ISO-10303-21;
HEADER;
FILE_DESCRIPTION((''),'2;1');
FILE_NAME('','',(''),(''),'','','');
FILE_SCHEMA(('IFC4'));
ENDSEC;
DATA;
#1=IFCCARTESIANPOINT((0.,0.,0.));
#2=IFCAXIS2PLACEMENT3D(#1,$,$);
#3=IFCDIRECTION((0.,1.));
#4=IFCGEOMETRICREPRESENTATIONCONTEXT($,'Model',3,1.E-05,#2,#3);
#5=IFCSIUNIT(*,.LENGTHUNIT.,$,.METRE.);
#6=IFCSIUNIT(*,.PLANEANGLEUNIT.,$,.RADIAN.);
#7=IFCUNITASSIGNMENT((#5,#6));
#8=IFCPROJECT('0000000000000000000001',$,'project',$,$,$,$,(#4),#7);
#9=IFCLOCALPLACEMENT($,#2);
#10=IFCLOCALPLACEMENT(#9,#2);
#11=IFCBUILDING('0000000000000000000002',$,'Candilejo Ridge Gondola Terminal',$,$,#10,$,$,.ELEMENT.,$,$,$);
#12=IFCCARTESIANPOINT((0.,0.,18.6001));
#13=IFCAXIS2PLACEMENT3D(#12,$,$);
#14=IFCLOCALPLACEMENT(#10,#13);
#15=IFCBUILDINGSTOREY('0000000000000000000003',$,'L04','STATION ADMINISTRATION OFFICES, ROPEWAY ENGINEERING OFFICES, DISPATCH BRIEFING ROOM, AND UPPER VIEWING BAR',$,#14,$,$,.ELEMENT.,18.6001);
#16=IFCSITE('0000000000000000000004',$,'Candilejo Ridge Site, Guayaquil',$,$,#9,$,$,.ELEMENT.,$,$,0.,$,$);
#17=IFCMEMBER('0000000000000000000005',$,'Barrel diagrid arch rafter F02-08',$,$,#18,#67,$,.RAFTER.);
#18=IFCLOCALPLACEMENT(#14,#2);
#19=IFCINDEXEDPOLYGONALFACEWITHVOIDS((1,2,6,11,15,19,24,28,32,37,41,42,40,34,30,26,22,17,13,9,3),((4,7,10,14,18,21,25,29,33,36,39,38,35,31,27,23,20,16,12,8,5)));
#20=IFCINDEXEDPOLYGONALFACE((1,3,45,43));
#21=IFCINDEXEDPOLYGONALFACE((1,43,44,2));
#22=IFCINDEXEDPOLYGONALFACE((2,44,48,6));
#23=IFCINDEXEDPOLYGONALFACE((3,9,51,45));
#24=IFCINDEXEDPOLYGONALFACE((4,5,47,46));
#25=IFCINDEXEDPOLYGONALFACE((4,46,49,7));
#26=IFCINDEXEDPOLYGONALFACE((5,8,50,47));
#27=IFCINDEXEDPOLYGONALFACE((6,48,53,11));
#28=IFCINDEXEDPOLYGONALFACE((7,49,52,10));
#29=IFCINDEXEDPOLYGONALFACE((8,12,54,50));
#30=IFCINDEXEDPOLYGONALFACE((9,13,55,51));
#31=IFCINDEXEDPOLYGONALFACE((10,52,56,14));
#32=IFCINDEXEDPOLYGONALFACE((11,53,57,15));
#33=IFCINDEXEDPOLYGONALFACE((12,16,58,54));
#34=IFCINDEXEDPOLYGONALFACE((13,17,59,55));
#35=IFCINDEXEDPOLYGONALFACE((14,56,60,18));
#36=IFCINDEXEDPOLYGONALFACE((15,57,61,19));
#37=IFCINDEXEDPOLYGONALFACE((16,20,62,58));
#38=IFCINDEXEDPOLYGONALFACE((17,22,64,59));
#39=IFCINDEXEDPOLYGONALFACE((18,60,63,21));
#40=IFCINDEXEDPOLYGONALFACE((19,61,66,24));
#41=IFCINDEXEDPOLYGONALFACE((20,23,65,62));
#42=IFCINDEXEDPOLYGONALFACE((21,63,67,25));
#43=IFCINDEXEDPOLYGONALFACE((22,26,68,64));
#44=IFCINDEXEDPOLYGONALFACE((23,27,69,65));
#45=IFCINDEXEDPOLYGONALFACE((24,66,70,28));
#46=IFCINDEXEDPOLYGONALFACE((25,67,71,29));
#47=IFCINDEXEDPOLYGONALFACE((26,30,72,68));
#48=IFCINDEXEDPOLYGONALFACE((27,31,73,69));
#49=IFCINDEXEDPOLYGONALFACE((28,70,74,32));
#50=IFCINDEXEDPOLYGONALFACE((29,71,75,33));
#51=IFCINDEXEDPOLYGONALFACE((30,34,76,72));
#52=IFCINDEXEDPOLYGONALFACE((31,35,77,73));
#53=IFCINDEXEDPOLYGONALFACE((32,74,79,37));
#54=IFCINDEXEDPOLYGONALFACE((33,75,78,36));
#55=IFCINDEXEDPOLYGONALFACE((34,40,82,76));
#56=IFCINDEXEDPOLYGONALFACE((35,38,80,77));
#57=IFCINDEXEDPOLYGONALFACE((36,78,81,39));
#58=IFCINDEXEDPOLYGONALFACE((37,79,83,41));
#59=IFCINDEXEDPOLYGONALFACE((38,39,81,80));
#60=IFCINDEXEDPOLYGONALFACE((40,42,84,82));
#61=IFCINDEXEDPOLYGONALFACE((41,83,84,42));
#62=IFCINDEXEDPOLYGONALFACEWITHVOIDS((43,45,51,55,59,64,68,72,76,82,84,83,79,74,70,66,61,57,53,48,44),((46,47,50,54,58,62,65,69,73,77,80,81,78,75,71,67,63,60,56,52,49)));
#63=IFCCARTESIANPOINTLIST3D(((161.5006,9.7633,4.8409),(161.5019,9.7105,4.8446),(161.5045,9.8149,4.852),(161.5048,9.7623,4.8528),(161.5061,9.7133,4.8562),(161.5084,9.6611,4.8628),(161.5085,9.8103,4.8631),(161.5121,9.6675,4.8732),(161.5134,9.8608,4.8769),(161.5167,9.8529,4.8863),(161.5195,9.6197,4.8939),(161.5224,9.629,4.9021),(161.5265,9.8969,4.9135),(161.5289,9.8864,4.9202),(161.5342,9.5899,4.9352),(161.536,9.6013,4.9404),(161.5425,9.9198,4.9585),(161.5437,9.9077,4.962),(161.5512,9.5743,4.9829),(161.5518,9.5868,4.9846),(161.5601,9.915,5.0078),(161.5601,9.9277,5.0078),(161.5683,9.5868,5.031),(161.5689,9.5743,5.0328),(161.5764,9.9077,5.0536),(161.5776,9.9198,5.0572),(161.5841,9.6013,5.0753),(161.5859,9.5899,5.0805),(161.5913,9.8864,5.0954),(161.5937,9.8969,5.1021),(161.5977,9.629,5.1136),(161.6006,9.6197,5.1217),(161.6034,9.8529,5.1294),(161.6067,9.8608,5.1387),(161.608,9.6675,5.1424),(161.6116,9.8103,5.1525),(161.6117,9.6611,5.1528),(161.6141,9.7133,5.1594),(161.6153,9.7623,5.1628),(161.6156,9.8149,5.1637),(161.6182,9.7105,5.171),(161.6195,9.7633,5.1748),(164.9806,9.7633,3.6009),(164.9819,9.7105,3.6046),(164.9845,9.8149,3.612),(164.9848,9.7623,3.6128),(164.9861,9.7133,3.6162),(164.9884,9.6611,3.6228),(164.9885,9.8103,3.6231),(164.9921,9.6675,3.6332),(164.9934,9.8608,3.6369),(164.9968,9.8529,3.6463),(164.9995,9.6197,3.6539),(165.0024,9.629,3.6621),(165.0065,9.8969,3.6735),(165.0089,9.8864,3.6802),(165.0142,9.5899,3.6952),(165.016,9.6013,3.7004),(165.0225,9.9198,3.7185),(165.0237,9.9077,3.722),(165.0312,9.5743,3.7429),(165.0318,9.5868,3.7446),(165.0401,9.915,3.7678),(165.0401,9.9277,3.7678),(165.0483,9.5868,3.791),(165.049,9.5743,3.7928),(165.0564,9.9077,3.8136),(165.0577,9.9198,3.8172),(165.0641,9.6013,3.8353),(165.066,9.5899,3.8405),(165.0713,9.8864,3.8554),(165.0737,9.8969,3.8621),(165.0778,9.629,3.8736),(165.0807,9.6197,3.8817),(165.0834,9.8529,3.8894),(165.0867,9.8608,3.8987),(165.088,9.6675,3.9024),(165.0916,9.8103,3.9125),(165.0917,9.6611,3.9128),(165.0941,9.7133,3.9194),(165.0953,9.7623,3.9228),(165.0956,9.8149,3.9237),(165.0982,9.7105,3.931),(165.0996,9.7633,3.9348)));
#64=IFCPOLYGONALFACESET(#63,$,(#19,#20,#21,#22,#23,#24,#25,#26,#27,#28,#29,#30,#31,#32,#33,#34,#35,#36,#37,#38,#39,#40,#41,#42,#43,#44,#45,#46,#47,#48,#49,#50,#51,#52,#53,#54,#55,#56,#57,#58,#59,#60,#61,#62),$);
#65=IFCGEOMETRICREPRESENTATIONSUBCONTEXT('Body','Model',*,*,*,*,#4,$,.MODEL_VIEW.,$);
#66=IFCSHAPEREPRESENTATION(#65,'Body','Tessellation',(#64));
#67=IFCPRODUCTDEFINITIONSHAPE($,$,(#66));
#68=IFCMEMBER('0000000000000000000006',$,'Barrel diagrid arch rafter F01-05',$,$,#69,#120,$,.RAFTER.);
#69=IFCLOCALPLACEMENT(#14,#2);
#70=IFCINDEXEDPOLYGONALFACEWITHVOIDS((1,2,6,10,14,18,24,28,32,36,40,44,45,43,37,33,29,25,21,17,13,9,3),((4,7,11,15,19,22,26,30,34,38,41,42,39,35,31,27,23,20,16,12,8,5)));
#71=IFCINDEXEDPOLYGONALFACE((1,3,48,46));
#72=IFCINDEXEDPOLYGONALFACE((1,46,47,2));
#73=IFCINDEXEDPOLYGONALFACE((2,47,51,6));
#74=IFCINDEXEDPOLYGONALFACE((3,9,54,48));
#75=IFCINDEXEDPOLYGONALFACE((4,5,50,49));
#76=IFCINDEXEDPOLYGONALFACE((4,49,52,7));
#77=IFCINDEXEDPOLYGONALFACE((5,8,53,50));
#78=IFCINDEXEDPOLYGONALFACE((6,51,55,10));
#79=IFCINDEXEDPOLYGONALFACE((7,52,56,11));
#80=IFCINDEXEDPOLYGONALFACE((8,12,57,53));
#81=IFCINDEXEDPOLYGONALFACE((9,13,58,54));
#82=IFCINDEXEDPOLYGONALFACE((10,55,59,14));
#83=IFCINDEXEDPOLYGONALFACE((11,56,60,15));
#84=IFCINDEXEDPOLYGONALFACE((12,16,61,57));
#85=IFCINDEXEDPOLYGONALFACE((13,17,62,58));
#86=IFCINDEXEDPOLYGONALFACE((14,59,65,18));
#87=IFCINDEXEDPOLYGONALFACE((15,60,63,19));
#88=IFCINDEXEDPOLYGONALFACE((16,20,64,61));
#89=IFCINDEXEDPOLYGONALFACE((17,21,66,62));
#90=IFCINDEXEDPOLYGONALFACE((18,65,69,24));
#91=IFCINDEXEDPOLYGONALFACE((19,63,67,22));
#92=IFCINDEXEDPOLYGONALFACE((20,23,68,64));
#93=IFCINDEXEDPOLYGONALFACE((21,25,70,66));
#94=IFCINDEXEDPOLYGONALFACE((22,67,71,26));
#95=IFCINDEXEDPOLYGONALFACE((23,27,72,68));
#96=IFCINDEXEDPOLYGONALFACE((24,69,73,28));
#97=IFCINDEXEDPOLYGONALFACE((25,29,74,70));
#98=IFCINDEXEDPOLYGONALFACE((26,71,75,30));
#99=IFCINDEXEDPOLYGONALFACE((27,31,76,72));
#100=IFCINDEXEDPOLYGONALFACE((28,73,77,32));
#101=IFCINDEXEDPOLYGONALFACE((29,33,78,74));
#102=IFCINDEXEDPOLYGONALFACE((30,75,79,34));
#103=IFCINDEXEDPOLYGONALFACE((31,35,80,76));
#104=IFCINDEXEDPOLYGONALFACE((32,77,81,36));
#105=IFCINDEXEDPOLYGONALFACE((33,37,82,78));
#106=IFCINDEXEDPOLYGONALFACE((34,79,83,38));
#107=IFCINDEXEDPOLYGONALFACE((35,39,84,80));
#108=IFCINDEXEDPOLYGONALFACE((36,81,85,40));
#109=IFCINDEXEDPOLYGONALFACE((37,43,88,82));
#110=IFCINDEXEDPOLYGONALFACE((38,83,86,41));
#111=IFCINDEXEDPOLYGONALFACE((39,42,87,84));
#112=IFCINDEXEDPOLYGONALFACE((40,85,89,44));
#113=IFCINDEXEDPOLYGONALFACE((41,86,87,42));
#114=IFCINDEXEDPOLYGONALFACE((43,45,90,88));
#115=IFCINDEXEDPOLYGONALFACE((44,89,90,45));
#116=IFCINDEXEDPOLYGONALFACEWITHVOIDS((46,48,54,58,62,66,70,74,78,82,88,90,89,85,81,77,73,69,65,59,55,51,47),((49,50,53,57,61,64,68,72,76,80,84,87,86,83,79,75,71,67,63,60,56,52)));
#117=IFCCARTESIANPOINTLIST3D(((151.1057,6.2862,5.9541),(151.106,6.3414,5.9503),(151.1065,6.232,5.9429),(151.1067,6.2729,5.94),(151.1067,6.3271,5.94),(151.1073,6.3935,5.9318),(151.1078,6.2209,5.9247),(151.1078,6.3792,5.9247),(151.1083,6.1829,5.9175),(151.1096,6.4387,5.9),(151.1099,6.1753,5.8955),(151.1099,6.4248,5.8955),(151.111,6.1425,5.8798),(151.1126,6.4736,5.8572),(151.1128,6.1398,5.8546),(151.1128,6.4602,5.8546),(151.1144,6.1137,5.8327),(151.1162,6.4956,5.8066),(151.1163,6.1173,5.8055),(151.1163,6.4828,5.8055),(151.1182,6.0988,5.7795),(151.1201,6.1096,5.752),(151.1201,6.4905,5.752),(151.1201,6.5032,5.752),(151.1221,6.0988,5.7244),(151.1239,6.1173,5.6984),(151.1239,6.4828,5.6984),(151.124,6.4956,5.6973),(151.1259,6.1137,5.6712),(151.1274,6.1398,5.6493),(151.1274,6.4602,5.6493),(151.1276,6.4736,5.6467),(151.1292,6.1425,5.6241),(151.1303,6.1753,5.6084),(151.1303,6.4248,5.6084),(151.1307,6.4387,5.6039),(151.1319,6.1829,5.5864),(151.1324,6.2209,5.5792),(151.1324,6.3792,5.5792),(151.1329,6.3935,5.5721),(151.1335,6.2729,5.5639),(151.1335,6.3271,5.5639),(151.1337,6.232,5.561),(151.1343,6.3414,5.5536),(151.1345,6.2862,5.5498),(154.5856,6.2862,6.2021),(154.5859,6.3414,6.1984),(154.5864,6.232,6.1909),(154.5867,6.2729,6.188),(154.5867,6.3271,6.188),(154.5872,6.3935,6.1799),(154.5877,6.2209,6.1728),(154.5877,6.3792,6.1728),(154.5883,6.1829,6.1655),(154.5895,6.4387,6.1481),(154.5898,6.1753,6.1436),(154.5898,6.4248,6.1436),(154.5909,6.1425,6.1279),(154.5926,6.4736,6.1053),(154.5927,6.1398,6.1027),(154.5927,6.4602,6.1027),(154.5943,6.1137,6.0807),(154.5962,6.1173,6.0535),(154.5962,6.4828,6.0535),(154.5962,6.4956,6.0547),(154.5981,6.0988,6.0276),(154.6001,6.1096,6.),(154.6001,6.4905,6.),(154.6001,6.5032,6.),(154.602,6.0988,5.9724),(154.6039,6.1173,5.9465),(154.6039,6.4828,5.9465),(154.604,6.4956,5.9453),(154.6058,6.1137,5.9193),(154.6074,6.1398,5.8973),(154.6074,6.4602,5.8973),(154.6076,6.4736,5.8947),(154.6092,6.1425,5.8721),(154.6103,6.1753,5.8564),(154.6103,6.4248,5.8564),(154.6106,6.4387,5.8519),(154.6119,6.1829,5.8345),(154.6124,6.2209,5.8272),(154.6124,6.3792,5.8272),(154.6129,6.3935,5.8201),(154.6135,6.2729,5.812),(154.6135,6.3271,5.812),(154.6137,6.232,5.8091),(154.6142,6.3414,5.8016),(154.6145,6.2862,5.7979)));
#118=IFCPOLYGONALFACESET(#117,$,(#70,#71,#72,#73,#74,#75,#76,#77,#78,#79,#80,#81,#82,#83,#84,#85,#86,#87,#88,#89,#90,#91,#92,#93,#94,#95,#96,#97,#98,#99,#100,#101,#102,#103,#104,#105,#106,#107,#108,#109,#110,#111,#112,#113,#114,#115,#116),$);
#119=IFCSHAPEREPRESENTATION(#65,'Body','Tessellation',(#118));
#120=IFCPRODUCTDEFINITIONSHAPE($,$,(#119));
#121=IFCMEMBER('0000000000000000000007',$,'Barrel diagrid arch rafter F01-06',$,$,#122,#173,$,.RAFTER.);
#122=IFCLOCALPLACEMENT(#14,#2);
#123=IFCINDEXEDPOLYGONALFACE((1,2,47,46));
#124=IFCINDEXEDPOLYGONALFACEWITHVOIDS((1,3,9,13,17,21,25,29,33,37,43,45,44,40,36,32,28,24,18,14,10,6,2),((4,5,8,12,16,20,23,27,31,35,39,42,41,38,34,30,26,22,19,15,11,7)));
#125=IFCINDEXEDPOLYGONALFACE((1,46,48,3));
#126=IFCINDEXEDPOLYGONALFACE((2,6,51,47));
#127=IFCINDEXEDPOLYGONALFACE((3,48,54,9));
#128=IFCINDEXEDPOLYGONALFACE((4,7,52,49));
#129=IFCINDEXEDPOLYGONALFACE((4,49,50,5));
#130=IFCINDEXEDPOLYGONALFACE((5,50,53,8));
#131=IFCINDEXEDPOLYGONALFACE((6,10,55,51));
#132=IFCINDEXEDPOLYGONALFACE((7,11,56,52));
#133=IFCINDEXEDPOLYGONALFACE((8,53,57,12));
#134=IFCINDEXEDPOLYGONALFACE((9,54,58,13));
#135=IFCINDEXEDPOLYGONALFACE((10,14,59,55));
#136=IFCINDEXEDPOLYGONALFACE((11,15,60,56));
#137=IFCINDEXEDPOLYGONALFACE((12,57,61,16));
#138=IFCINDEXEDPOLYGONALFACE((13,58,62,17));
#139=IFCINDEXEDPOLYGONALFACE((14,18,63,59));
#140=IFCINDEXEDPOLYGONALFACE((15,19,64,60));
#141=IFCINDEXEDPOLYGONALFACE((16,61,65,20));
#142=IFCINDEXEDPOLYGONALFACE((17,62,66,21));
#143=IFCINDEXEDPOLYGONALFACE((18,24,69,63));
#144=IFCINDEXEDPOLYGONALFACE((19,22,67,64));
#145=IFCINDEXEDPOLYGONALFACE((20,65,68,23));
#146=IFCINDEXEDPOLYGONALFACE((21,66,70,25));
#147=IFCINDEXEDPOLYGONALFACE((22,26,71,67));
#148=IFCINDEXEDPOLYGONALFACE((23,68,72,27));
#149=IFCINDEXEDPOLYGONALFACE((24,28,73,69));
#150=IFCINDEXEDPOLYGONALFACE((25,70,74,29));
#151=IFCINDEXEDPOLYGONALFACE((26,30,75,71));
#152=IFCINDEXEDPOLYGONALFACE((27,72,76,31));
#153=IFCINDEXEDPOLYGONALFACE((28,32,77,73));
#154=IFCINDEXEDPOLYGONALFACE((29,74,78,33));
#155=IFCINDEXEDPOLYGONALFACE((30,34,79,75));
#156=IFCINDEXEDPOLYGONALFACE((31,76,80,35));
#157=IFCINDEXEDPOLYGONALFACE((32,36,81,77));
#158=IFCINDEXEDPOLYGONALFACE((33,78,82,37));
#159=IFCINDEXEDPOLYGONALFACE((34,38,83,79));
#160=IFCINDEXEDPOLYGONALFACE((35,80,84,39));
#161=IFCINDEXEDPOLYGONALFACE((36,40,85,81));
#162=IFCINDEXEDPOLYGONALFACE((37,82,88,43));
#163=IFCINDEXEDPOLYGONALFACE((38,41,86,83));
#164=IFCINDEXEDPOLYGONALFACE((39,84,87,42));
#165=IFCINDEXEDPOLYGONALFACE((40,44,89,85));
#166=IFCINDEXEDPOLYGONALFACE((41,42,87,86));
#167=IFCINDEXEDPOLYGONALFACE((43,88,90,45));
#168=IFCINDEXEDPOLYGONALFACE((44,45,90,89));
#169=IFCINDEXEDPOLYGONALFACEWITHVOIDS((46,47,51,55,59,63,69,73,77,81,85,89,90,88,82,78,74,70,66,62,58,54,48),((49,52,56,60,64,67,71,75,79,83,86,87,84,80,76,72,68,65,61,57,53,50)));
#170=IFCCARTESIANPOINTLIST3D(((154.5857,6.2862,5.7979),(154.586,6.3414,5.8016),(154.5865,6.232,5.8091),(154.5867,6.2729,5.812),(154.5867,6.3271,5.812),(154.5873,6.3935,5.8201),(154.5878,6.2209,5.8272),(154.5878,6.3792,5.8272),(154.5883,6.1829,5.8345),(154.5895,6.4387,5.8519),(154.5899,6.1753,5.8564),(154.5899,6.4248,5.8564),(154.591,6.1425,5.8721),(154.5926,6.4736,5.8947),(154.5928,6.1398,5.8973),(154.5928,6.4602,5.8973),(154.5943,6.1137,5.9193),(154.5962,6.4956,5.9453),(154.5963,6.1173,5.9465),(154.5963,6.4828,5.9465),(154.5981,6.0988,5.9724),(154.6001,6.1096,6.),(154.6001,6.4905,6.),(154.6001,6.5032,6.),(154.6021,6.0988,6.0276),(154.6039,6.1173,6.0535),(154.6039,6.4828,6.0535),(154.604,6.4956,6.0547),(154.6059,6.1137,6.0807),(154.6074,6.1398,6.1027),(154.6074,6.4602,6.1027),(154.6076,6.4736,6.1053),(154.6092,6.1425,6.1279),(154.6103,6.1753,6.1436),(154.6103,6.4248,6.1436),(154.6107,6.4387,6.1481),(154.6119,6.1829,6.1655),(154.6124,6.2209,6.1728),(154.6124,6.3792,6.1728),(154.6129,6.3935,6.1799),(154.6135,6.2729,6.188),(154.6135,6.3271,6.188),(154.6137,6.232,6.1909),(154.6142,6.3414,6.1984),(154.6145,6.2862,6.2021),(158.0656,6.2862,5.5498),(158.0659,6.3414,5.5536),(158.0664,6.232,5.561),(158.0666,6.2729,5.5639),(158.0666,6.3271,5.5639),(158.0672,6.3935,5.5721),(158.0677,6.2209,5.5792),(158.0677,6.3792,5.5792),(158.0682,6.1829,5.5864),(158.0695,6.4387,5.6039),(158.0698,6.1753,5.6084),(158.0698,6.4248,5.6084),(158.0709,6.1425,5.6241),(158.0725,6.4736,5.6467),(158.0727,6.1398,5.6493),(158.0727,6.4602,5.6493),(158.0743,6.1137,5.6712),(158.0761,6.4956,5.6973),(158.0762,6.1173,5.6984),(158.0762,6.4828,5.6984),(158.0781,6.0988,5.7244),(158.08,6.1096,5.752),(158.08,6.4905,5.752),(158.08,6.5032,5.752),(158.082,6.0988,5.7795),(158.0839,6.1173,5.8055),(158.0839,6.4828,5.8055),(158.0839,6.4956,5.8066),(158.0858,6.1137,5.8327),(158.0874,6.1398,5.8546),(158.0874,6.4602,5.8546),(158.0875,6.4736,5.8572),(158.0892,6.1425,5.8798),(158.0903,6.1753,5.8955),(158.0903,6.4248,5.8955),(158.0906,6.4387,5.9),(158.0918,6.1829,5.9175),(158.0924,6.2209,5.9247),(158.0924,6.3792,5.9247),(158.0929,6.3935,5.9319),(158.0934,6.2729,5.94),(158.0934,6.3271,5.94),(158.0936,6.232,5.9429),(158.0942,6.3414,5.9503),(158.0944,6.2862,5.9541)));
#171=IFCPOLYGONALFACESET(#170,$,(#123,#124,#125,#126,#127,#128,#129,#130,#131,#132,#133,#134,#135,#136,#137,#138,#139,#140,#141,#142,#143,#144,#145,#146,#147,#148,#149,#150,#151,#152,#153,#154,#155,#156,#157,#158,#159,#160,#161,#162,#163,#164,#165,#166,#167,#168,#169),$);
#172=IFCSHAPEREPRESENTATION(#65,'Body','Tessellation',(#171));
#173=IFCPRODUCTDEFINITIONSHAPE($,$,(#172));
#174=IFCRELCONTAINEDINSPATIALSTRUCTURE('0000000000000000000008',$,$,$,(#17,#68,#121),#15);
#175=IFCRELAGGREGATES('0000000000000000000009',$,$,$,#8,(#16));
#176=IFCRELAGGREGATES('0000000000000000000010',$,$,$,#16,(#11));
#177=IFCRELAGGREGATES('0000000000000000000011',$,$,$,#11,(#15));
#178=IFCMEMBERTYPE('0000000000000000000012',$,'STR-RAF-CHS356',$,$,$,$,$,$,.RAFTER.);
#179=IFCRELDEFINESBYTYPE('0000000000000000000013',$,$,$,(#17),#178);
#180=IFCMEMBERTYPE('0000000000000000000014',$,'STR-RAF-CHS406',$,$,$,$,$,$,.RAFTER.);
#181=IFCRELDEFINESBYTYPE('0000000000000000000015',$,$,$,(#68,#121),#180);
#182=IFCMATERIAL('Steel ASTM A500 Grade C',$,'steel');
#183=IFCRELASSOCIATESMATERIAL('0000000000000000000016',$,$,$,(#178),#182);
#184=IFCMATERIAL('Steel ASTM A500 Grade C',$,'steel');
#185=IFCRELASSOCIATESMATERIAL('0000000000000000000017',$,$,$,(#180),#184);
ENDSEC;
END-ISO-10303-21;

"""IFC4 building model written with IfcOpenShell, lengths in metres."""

from ifc_helpers import new_model, si_unit, direction, frame, origin, origin_2d, place, context, subcontext, project, spatial, hollow_circle, extrude, material, material_profile, profile_set, type_object, element, save


model = new_model("IFC4")

# Units and contexts
model_context = context("Model", 3, precision=1e-05, world=origin(), true_north=direction((0.0, 1.0)))
body_context = subcontext(model_context, "Body", "Model", "MODEL_VIEW")
ifc_project = project(units=[si_unit("LENGTHUNIT", "METRE"), si_unit("PLANEANGLEUNIT", "RADIAN")], contexts=[model_context])

# Site, building, storey
site_placement = place(None, origin())
site = spatial("IfcSite", under=ifc_project, at=site_placement, Name="Candilejo Ridge Site, Guayaquil", CompositionType="ELEMENT", RefElevation=0.0)
building_placement = place(site_placement, origin())
building = spatial("IfcBuilding", under=site, at=building_placement, Name="Candilejo Ridge Gondola Terminal", CompositionType="ELEMENT")
storey_placement = place(building_placement, frame((0.0, 0.0, 18.6001)))
storey = spatial("IfcBuildingStorey", under=building, at=storey_placement, Name="L04", Description="STATION ADMINISTRATION OFFICES, ROPEWAY ENGINEERING OFFICES, DISPATCH BRIEFING ROOM, AND UPPER VIEWING BAR", CompositionType="ELEMENT", Elevation=18.6001)

# Members
ifc_material_1 = material(Name="Steel ASTM A500 Grade C", Category="steel")
ifc_material_profile_1 = material_profile(ifc_material_1, hollow_circle(Radius=0.1777, WallThickness=0.0127, at=origin_2d()))
ifc_profile_set_1 = profile_set([ifc_material_profile_1], Name="Steel ASTM A500 Grade C")
member_type_1 = type_object("IfcMemberType", Name="STR-RAF-CHS356", PredefinedType="RAFTER", material=ifc_profile_set_1)
member_1_placement = place(storey_placement, frame((161.5601, 9.75, 5.0078), z_axis=(0.941987, 0.0, -0.33565), x_axis=(0.0, 1.0, 0.0)))
element("IfcMember", 1, at=member_1_placement, inside=storey, type_object=member_type_1, Name="Barrel diagrid arch rafter F02-08", PredefinedType="RAFTER", context=body_context, shape_type="SweptSolid", body=[
    extrude(hollow_circle(Radius=0.1777, WallThickness=0.0127, at=origin_2d()), origin(), (0.0, 0.0, 1.0), 3.6943),
])
ifc_material_2 = material(Name="Steel ASTM A500 Grade C", Category="steel")
ifc_material_profile_2 = material_profile(ifc_material_2, hollow_circle(Radius=0.2031, WallThickness=0.0127, at=origin_2d()))
ifc_profile_set_2 = profile_set([ifc_material_profile_2], Name="Steel ASTM A500 Grade C")
member_type_2 = type_object("IfcMemberType", Name="STR-RAF-CHS406", PredefinedType="RAFTER", material=ifc_profile_set_2)
for number, where, z_axis, x_axis, name in (
    (2, (151.1201, 6.3, 5.752), (0.997469, 0.0, 0.071098), (0.0, 1.0, 0.0), "Barrel diagrid arch rafter F01-05"),
    (3, (154.6001, 6.3, 6.0), (0.997469, 0.0, -0.071098), (0.0, 1.0, 0.0), "Barrel diagrid arch rafter F01-06"),
):
    element("IfcMember", number, at=place(storey_placement, frame(where, z_axis=z_axis, x_axis=x_axis)), inside=storey, type_object=member_type_2, Name=name, PredefinedType="RAFTER", context=body_context, shape_type="SweptSolid", body=[
        extrude(hollow_circle(Radius=0.2031, WallThickness=0.0127, at=origin_2d()), origin(), (0.0, 0.0, 1.0), 3.4888),
    ])

save(model, "model.ifc")
